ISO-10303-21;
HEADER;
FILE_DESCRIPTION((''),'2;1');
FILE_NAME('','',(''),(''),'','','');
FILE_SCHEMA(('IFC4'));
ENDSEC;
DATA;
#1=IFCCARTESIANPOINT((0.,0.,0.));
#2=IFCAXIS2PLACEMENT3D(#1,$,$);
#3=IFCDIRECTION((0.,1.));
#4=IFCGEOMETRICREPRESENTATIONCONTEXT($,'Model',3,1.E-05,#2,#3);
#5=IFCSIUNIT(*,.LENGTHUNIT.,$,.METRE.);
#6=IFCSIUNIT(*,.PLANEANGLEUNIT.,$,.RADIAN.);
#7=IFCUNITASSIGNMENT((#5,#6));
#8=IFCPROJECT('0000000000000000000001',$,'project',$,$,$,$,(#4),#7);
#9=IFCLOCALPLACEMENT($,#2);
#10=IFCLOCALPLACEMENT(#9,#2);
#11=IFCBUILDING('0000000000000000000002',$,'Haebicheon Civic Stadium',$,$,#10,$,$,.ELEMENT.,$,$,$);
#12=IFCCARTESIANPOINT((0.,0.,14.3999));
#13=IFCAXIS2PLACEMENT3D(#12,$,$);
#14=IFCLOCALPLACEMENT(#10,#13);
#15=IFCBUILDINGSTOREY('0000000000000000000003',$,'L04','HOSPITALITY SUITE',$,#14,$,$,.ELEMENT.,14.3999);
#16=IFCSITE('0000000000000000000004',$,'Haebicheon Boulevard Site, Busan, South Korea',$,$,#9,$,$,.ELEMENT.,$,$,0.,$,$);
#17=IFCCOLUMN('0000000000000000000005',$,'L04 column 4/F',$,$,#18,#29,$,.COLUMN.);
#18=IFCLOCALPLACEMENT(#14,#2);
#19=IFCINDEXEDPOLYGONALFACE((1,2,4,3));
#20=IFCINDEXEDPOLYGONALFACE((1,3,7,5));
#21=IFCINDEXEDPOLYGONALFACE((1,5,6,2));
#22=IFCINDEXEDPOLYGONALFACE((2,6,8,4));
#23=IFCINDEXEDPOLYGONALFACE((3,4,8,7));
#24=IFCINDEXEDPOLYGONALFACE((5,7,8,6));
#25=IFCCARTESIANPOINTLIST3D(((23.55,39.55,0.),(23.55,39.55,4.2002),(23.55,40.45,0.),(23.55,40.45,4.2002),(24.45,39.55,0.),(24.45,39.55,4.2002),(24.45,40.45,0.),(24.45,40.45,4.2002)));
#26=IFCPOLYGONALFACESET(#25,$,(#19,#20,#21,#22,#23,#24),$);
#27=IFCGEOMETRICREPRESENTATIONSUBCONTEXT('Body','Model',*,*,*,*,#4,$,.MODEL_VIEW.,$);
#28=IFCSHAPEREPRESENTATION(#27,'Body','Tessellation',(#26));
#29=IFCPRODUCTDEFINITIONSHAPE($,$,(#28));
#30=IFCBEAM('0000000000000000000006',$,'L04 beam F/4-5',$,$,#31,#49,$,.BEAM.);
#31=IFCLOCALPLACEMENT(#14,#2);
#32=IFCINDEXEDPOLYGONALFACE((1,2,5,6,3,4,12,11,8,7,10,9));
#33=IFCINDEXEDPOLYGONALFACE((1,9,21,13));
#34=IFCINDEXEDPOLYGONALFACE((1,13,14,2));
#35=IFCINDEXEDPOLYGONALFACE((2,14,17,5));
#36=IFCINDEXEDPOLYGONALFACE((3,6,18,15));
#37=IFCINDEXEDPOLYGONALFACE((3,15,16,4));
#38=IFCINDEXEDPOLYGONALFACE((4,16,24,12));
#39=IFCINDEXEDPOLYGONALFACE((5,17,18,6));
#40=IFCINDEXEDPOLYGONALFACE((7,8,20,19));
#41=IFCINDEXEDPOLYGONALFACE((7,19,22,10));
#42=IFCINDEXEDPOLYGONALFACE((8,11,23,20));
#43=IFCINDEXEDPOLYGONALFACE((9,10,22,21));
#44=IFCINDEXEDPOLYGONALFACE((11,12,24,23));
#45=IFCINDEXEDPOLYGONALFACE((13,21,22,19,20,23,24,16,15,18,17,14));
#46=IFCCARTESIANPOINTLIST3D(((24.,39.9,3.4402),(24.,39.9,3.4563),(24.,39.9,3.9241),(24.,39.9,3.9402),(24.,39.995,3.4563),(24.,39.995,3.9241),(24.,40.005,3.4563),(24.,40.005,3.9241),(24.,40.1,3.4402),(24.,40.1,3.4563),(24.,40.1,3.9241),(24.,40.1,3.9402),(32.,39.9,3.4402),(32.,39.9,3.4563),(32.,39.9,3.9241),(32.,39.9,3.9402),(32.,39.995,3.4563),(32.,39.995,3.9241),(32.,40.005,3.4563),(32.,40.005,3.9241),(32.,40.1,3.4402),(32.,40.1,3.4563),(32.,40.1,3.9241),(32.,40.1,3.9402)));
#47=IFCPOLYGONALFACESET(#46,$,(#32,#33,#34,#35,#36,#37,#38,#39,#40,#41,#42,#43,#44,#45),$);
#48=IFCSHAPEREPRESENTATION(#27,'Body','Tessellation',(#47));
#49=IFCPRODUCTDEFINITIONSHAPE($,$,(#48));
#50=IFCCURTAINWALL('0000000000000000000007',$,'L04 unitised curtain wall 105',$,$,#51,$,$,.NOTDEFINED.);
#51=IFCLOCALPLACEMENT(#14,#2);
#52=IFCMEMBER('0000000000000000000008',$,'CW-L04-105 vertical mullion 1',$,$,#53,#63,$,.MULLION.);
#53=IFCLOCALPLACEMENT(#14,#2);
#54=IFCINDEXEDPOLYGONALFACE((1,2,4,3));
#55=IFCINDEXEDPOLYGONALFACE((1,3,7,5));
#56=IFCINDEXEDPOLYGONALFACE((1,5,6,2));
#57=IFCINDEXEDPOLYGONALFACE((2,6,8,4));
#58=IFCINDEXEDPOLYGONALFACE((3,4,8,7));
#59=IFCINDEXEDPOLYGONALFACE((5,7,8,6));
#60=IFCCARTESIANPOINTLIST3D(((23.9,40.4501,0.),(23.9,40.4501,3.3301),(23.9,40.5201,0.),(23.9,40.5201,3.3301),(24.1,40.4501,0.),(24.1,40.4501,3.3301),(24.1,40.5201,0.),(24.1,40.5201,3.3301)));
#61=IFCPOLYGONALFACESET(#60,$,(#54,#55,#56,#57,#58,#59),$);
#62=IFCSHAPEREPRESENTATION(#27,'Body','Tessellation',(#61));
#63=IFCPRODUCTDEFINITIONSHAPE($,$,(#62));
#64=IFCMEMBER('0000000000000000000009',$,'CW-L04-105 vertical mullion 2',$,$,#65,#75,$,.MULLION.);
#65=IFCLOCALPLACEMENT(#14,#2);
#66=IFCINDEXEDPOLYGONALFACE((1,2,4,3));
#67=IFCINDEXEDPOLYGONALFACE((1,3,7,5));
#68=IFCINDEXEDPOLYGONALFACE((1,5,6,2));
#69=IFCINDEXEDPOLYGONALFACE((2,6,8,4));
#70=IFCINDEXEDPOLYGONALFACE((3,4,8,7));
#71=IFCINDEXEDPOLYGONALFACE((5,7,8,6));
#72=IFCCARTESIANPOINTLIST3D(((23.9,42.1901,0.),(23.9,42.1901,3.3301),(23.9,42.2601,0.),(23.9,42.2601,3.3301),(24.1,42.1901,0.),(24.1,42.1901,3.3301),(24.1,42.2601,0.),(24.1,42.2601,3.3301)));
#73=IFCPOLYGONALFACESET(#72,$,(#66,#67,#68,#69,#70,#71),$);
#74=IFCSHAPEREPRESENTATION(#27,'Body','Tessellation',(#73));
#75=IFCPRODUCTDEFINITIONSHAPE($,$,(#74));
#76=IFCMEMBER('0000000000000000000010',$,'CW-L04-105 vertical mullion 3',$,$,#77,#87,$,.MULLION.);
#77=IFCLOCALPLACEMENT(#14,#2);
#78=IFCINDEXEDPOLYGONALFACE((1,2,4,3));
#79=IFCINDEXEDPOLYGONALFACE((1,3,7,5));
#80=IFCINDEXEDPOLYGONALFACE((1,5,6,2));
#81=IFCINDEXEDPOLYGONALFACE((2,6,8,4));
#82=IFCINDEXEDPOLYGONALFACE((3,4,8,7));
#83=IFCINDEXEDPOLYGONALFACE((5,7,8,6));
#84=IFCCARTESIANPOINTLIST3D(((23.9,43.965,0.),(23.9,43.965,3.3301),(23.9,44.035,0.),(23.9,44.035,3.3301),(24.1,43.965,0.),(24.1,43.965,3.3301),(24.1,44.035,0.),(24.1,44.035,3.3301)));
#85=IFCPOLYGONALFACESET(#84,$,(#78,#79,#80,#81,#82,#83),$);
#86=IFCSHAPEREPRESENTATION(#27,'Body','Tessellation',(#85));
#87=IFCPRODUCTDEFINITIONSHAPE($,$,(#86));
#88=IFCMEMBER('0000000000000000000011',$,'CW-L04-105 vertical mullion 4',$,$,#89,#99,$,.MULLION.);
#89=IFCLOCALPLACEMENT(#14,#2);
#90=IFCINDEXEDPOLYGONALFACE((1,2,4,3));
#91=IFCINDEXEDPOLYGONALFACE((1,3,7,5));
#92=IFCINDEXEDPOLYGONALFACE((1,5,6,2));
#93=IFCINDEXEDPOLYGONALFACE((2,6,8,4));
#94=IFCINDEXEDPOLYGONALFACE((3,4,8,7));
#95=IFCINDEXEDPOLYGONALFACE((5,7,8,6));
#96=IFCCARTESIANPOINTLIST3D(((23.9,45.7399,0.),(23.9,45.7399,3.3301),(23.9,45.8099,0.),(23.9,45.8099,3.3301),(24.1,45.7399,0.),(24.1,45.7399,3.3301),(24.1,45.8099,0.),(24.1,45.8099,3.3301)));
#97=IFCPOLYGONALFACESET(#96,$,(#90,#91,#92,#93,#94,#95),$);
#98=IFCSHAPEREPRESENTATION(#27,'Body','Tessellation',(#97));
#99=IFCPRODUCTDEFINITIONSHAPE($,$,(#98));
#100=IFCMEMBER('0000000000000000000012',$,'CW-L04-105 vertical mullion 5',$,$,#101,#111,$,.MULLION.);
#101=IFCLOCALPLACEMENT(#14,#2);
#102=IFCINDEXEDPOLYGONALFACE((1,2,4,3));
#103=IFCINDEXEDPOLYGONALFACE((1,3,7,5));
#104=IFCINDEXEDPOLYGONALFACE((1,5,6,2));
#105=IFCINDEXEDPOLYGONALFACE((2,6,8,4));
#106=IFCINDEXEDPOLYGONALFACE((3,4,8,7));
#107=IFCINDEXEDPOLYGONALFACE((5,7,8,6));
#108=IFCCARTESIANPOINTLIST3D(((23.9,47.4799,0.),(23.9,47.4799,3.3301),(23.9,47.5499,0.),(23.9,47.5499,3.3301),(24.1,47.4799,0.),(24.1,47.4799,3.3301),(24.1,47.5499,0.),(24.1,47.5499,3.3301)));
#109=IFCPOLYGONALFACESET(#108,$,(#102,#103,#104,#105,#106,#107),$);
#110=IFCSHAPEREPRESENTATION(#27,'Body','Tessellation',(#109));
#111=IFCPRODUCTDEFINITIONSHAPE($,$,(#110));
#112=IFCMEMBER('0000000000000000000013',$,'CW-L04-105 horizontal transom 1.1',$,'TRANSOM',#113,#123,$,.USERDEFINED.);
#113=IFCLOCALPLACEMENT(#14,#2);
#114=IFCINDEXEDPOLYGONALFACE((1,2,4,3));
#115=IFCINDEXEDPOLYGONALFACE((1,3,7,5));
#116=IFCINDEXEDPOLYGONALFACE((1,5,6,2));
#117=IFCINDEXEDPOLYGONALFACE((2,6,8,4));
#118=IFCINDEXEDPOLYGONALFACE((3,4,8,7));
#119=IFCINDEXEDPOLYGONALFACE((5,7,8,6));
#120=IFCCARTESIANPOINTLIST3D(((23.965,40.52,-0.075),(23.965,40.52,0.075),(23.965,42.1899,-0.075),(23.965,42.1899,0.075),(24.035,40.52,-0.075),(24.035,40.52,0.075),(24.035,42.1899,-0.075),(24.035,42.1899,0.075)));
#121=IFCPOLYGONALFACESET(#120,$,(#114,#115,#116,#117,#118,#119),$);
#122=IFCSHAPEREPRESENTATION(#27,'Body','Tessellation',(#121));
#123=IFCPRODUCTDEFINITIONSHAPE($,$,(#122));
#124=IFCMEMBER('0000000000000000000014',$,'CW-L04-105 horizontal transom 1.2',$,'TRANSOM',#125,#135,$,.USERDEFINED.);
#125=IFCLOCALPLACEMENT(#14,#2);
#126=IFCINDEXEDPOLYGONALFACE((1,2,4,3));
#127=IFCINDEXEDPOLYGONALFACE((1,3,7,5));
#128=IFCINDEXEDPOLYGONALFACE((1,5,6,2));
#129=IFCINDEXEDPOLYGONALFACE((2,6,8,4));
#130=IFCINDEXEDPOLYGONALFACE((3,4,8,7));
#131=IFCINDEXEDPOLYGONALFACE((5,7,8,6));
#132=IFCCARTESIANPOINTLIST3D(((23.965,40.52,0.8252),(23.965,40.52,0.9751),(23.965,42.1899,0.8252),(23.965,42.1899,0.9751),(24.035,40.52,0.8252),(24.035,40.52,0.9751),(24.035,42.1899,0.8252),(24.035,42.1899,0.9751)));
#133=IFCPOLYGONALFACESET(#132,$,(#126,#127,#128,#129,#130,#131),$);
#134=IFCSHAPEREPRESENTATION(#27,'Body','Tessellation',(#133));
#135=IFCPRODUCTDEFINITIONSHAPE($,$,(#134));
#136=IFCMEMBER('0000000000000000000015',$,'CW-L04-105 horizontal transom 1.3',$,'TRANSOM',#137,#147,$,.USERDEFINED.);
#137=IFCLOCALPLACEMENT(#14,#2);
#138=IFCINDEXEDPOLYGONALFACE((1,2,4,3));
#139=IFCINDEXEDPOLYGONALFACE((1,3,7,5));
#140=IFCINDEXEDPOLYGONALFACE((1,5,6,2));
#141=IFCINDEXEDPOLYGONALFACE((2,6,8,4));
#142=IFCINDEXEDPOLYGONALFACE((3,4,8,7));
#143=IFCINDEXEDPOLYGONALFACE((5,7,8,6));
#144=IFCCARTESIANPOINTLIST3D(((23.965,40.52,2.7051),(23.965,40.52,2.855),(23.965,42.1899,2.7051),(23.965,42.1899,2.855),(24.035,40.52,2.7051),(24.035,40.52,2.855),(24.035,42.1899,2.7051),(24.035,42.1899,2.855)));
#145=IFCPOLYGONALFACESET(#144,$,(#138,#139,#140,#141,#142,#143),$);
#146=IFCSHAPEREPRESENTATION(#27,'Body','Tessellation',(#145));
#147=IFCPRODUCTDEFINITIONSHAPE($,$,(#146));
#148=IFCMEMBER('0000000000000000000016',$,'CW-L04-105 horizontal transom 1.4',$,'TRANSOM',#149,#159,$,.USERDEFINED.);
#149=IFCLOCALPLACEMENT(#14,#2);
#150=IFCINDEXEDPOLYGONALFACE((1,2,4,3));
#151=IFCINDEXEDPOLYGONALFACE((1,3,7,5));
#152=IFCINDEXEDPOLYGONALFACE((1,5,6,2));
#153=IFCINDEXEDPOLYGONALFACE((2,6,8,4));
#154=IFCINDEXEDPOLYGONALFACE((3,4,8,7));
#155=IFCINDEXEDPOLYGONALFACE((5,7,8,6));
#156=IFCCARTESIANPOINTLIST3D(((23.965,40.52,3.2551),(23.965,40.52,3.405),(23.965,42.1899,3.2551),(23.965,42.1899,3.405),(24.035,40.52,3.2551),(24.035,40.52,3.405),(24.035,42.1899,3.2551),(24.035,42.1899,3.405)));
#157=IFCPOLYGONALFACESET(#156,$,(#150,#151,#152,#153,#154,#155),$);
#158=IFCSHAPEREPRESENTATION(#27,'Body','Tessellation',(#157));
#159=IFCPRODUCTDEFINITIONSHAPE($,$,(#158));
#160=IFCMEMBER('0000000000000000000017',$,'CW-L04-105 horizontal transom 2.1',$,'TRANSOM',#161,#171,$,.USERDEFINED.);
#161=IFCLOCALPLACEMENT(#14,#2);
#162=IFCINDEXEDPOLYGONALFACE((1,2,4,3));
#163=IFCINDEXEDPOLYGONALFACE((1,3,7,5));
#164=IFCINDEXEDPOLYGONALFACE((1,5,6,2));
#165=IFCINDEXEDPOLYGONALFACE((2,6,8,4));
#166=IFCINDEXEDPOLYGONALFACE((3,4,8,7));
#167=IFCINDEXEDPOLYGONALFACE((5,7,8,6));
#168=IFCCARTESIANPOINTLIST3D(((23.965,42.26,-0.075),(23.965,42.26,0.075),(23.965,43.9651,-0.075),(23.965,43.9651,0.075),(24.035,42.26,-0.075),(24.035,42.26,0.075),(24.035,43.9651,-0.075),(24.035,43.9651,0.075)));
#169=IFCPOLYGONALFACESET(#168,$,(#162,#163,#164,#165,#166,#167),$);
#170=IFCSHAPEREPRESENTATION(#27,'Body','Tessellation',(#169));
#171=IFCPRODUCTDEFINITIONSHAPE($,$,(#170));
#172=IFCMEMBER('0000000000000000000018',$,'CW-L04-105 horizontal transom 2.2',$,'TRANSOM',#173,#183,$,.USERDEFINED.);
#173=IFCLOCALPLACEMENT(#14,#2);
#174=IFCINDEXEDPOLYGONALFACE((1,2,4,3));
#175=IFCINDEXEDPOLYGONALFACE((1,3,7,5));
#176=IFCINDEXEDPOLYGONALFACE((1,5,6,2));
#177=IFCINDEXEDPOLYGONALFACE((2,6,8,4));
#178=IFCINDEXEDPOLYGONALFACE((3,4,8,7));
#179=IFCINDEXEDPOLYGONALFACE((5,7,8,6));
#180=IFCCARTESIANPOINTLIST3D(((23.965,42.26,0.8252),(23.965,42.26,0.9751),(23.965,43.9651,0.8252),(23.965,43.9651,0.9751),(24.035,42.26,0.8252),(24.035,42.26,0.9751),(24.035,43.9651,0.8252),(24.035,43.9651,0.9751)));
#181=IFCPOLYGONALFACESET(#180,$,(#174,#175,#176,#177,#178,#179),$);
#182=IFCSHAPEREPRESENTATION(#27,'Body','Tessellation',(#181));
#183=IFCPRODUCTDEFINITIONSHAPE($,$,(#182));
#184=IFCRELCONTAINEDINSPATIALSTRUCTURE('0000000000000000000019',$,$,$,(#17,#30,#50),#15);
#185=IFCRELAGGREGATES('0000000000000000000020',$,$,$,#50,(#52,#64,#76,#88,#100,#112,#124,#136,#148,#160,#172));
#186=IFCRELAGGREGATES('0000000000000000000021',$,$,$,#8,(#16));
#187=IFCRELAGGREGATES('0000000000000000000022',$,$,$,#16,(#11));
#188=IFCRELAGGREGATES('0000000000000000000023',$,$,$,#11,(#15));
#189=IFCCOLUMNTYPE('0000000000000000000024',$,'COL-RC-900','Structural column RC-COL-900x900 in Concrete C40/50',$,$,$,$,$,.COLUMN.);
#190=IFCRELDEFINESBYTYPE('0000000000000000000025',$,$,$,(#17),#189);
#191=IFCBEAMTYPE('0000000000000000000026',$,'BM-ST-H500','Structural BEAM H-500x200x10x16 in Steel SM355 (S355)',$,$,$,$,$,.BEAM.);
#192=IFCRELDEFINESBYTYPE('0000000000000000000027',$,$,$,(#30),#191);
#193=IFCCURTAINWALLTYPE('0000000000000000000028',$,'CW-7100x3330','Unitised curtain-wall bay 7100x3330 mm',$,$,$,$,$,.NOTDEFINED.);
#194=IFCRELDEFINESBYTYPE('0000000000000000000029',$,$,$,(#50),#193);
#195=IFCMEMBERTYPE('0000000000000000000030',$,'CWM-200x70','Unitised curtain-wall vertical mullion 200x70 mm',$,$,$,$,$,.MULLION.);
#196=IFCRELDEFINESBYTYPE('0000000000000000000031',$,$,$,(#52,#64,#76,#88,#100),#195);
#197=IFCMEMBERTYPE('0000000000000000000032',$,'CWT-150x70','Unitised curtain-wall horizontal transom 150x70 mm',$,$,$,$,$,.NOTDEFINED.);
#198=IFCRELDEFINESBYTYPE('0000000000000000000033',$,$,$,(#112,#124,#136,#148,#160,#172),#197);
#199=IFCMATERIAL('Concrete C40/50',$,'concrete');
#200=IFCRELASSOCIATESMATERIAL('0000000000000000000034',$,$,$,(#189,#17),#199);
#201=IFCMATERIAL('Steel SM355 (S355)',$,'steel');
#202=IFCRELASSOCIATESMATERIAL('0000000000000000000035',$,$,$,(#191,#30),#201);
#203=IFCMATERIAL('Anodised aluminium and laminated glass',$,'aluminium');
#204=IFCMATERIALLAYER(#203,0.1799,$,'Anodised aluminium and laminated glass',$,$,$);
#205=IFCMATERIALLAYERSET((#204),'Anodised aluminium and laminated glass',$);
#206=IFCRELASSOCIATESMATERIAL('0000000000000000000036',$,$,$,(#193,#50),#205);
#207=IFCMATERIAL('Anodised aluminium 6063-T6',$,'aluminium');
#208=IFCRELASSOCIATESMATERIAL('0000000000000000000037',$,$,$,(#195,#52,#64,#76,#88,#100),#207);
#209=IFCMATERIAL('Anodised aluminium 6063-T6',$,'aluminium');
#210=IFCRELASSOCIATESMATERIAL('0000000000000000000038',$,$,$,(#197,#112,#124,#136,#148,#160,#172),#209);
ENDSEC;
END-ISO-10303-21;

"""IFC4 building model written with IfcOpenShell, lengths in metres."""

from ifc_helpers import new_model, si_unit, direction, frame, origin, origin_2d, place, context, subcontext, project, spatial, rectangle, i_section, extrude, material, layer, layer_set, material_profile, profile_set, type_object, element, aggregate, save


model = new_model("IFC4")

# Units and contexts
model_context = context("Model", 3, precision=1e-05, world=origin(), true_north=direction((0.0, 1.0)))
body_context = subcontext(model_context, "Body", "Model", "MODEL_VIEW")
ifc_project = project(units=[si_unit("LENGTHUNIT", "METRE"), si_unit("PLANEANGLEUNIT", "RADIAN")], contexts=[model_context])

# Site, building, storey
site_placement = place(None, origin())
site = spatial("IfcSite", under=ifc_project, at=site_placement, Name="Haebicheon Boulevard Site, Busan, South Korea", CompositionType="ELEMENT", RefElevation=0.0)
building_placement = place(site_placement, origin())
building = spatial("IfcBuilding", under=site, at=building_placement, Name="Haebicheon Civic Stadium", CompositionType="ELEMENT")
storey_placement = place(building_placement, frame((0.0, 0.0, 14.3999)))
storey = spatial("IfcBuildingStorey", under=building, at=storey_placement, Name="L04", Description="HOSPITALITY SUITE", CompositionType="ELEMENT", Elevation=14.3999)

# Column
ifc_material_1 = material(Name="Concrete C40/50", Category="concrete")
ifc_material_profile_1 = material_profile(ifc_material_1, rectangle(XDim=0.8999, YDim=0.8999, at=origin_2d()), Name="RC-COL-900x900")
ifc_profile_set_1 = profile_set([ifc_material_profile_1], Name="Concrete C40/50")
column_type = type_object("IfcColumnType", Name="COL-RC-900", Description="Structural column RC-COL-900x900 in Concrete C40/50", PredefinedType="COLUMN", material=ifc_profile_set_1)
column_placement = place(storey_placement, frame((24.0, 40.0, 0.0), z_axis=(0.0, 0.0, 1.0), x_axis=(1.0, 0.0, 0.0)))
element("IfcColumn", 1, at=column_placement, inside=storey, type_object=column_type, material=ifc_profile_set_1, Name="L04 column 4/F", PredefinedType="COLUMN", context=body_context, shape_type="SweptSolid", body=[
    extrude(rectangle(XDim=0.8999, YDim=0.8999, at=origin_2d()), origin(), (0.0, 0.0, 1.0), 4.2002),
])

# Beam
ifc_material_2 = material(Name="Steel SM355 (S355)", Category="steel")
ifc_material_profile_2 = material_profile(ifc_material_2, i_section(OverallWidth=0.2, OverallDepth=0.5, WebThickness=0.01, FlangeThickness=0.0161, at=origin_2d()), Name="H-500x200x10x16")
ifc_profile_set_2 = profile_set([ifc_material_profile_2], Name="Steel SM355 (S355)")
beam_type_1 = type_object("IfcBeamType", Name="BM-ST-H500", Description="Structural BEAM H-500x200x10x16 in Steel SM355 (S355)", PredefinedType="BEAM", material=ifc_profile_set_2)
beam_1_placement = place(storey_placement, frame((24.0, 40.0, 3.6902), z_axis=(1.0, 0.0, 0.0), x_axis=(0.0, 1.0, 0.0)))
element("IfcBeam", 2, at=beam_1_placement, inside=storey, type_object=beam_type_1, material=ifc_profile_set_2, Name="L04 beam F/4-5", PredefinedType="BEAM", context=body_context, shape_type="SweptSolid", body=[
    extrude(i_section(OverallWidth=0.2, OverallDepth=0.5, WebThickness=0.01, FlangeThickness=0.0161, at=origin_2d()), origin(), (0.0, 0.0, 1.0), 8.0),
])

# Curtain wall, members
ifc_material_3 = material(Name="Anodised aluminium and laminated glass", Category="aluminium")
ifc_layer_1 = layer(ifc_material_3, 0.1799, Name="Anodised aluminium and laminated glass")
ifc_layer_set_1 = layer_set([ifc_layer_1], Name="Anodised aluminium and laminated glass")
curtain_wall_type = type_object("IfcCurtainWallType", Name="CW-7100x3330", Description="Unitised curtain-wall bay 7100x3330 mm", PredefinedType="NOTDEFINED", material=ifc_layer_set_1)
curtain_wall_placement = place(storey_placement, origin())
curtain_wall = element("IfcCurtainWall", 3, at=curtain_wall_placement, inside=storey, type_object=curtain_wall_type, material=ifc_layer_set_1, Name="L04 unitised curtain wall 105", PredefinedType="NOTDEFINED")
ifc_material_4 = material(Name="Anodised aluminium 6063-T6", Category="aluminium")
ifc_material_profile_3 = material_profile(ifc_material_4, rectangle(XDim=0.0701, YDim=0.2, at=origin_2d()), Name="ALU-MULL-70x200")
ifc_profile_set_3 = profile_set([ifc_material_profile_3], Name="Anodised aluminium 6063-T6")
member_type_1 = type_object("IfcMemberType", Name="CWM-200x70", Description="Unitised curtain-wall vertical mullion 200x70 mm", PredefinedType="MULLION", material=ifc_profile_set_3)
member_1_placement = place(storey_placement, frame((24.0, 40.4851, 0.0), z_axis=(0.0, 0.0, 1.0), x_axis=(0.0, 1.0, 0.0)))
member_1 = element("IfcMember", 4, at=member_1_placement, type_object=member_type_1, material=ifc_profile_set_3, Name="CW-L04-105 vertical mullion 1", PredefinedType="MULLION", context=body_context, shape_type="SweptSolid", body=[
    extrude(rectangle(XDim=0.0701, YDim=0.2, at=origin_2d()), origin(), (0.0, 0.0, 1.0), 3.3301),
])
member_2_placement = place(storey_placement, frame((24.0, 42.2251, 0.0), z_axis=(0.0, 0.0, 1.0), x_axis=(0.0, 1.0, 0.0)))
member_2 = element("IfcMember", 5, at=member_2_placement, type_object=member_type_1, material=ifc_profile_set_3, Name="CW-L04-105 vertical mullion 2", PredefinedType="MULLION", context=body_context, shape_type="SweptSolid", body=[
    extrude(rectangle(XDim=0.0701, YDim=0.2, at=origin_2d()), origin(), (0.0, 0.0, 1.0), 3.3301),
])
member_3_placement = place(storey_placement, frame((24.0, 44.0, 0.0), z_axis=(0.0, 0.0, 1.0), x_axis=(0.0, 1.0, 0.0)))
member_3 = element("IfcMember", 6, at=member_3_placement, type_object=member_type_1, material=ifc_profile_set_3, Name="CW-L04-105 vertical mullion 3", PredefinedType="MULLION", context=body_context, shape_type="SweptSolid", body=[
    extrude(rectangle(XDim=0.0701, YDim=0.2, at=origin_2d()), origin(), (0.0, 0.0, 1.0), 3.3301),
])
member_4_placement = place(storey_placement, frame((24.0, 45.7749, 0.0), z_axis=(0.0, 0.0, 1.0), x_axis=(0.0, 1.0, 0.0)))
member_4 = element("IfcMember", 7, at=member_4_placement, type_object=member_type_1, material=ifc_profile_set_3, Name="CW-L04-105 vertical mullion 4", PredefinedType="MULLION", context=body_context, shape_type="SweptSolid", body=[
    extrude(rectangle(XDim=0.0701, YDim=0.2, at=origin_2d()), origin(), (0.0, 0.0, 1.0), 3.3301),
])
member_5_placement = place(storey_placement, frame((24.0, 47.5149, 0.0), z_axis=(0.0, 0.0, 1.0), x_axis=(0.0, 1.0, 0.0)))
member_5 = element("IfcMember", 8, at=member_5_placement, type_object=member_type_1, material=ifc_profile_set_3, Name="CW-L04-105 vertical mullion 5", PredefinedType="MULLION", context=body_context, shape_type="SweptSolid", body=[
    extrude(rectangle(XDim=0.0701, YDim=0.2, at=origin_2d()), origin(), (0.0, 0.0, 1.0), 3.3301),
])
ifc_material_5 = material(Name="Anodised aluminium 6063-T6", Category="aluminium")
ifc_material_profile_4 = material_profile(ifc_material_5, rectangle(XDim=0.0701, YDim=0.1499, at=origin_2d()), Name="ALU-TRAN-70x150")
ifc_profile_set_4 = profile_set([ifc_material_profile_4], Name="Anodised aluminium 6063-T6")
member_type_2 = type_object("IfcMemberType", Name="CWT-150x70", Description="Unitised curtain-wall horizontal transom 150x70 mm", PredefinedType="NOTDEFINED", material=ifc_profile_set_4)
member_6_placement = place(storey_placement, frame((24.0, 40.52, 0.0), z_axis=(0.0, 1.0, 0.0), x_axis=(-1.0, 0.0, 0.0)))
member_6 = element("IfcMember", 9, at=member_6_placement, type_object=member_type_2, material=ifc_profile_set_4, Name="CW-L04-105 horizontal transom 1.1", ObjectType="TRANSOM", PredefinedType="USERDEFINED", context=body_context, shape_type="SweptSolid", body=[
    extrude(rectangle(XDim=0.0701, YDim=0.1499, at=origin_2d()), origin(), (0.0, 0.0, 1.0), 1.6699),
])
member_7_placement = place(storey_placement, frame((24.0, 40.52, 0.9001), z_axis=(0.0, 1.0, 0.0), x_axis=(-1.0, 0.0, 0.0)))
member_7 = element("IfcMember", 10, at=member_7_placement, type_object=member_type_2, material=ifc_profile_set_4, Name="CW-L04-105 horizontal transom 1.2", ObjectType="TRANSOM", PredefinedType="USERDEFINED", context=body_context, shape_type="SweptSolid", body=[
    extrude(rectangle(XDim=0.0701, YDim=0.1499, at=origin_2d()), origin(), (0.0, 0.0, 1.0), 1.6699),
])
member_8_placement = place(storey_placement, frame((24.0, 40.52, 2.78), z_axis=(0.0, 1.0, 0.0), x_axis=(-1.0, 0.0, 0.0)))
member_8 = element("IfcMember", 11, at=member_8_placement, type_object=member_type_2, material=ifc_profile_set_4, Name="CW-L04-105 horizontal transom 1.3", ObjectType="TRANSOM", PredefinedType="USERDEFINED", context=body_context, shape_type="SweptSolid", body=[
    extrude(rectangle(XDim=0.0701, YDim=0.1499, at=origin_2d()), origin(), (0.0, 0.0, 1.0), 1.6699),
])
member_9_placement = place(storey_placement, frame((24.0, 40.52, 3.3301), z_axis=(0.0, 1.0, 0.0), x_axis=(-1.0, 0.0, 0.0)))
member_9 = element("IfcMember", 12, at=member_9_placement, type_object=member_type_2, material=ifc_profile_set_4, Name="CW-L04-105 horizontal transom 1.4", ObjectType="TRANSOM", PredefinedType="USERDEFINED", context=body_context, shape_type="SweptSolid", body=[
    extrude(rectangle(XDim=0.0701, YDim=0.1499, at=origin_2d()), origin(), (0.0, 0.0, 1.0), 1.6699),
])
member_10_placement = place(storey_placement, frame((24.0, 42.26, 0.0), z_axis=(0.0, 1.0, 0.0), x_axis=(-1.0, 0.0, 0.0)))
member_10 = element("IfcMember", 13, at=member_10_placement, type_object=member_type_2, material=ifc_profile_set_4, Name="CW-L04-105 horizontal transom 2.1", ObjectType="TRANSOM", PredefinedType="USERDEFINED", context=body_context, shape_type="SweptSolid", body=[
    extrude(rectangle(XDim=0.0701, YDim=0.1499, at=origin_2d()), origin(), (0.0, 0.0, 1.0), 1.7051),
])
member_11_placement = place(storey_placement, frame((24.0, 42.26, 0.9001), z_axis=(0.0, 1.0, 0.0), x_axis=(-1.0, 0.0, 0.0)))
member_11 = element("IfcMember", 14, at=member_11_placement, type_object=member_type_2, material=ifc_profile_set_4, Name="CW-L04-105 horizontal transom 2.2", ObjectType="TRANSOM", PredefinedType="USERDEFINED", context=body_context, shape_type="SweptSolid", body=[
    extrude(rectangle(XDim=0.0701, YDim=0.1499, at=origin_2d()), origin(), (0.0, 0.0, 1.0), 1.7051),
])

aggregate(curtain_wall, [member_1, member_2, member_3, member_4, member_5, member_6, member_7, member_8, member_9, member_10, member_11])

save(model, "model.ifc")
